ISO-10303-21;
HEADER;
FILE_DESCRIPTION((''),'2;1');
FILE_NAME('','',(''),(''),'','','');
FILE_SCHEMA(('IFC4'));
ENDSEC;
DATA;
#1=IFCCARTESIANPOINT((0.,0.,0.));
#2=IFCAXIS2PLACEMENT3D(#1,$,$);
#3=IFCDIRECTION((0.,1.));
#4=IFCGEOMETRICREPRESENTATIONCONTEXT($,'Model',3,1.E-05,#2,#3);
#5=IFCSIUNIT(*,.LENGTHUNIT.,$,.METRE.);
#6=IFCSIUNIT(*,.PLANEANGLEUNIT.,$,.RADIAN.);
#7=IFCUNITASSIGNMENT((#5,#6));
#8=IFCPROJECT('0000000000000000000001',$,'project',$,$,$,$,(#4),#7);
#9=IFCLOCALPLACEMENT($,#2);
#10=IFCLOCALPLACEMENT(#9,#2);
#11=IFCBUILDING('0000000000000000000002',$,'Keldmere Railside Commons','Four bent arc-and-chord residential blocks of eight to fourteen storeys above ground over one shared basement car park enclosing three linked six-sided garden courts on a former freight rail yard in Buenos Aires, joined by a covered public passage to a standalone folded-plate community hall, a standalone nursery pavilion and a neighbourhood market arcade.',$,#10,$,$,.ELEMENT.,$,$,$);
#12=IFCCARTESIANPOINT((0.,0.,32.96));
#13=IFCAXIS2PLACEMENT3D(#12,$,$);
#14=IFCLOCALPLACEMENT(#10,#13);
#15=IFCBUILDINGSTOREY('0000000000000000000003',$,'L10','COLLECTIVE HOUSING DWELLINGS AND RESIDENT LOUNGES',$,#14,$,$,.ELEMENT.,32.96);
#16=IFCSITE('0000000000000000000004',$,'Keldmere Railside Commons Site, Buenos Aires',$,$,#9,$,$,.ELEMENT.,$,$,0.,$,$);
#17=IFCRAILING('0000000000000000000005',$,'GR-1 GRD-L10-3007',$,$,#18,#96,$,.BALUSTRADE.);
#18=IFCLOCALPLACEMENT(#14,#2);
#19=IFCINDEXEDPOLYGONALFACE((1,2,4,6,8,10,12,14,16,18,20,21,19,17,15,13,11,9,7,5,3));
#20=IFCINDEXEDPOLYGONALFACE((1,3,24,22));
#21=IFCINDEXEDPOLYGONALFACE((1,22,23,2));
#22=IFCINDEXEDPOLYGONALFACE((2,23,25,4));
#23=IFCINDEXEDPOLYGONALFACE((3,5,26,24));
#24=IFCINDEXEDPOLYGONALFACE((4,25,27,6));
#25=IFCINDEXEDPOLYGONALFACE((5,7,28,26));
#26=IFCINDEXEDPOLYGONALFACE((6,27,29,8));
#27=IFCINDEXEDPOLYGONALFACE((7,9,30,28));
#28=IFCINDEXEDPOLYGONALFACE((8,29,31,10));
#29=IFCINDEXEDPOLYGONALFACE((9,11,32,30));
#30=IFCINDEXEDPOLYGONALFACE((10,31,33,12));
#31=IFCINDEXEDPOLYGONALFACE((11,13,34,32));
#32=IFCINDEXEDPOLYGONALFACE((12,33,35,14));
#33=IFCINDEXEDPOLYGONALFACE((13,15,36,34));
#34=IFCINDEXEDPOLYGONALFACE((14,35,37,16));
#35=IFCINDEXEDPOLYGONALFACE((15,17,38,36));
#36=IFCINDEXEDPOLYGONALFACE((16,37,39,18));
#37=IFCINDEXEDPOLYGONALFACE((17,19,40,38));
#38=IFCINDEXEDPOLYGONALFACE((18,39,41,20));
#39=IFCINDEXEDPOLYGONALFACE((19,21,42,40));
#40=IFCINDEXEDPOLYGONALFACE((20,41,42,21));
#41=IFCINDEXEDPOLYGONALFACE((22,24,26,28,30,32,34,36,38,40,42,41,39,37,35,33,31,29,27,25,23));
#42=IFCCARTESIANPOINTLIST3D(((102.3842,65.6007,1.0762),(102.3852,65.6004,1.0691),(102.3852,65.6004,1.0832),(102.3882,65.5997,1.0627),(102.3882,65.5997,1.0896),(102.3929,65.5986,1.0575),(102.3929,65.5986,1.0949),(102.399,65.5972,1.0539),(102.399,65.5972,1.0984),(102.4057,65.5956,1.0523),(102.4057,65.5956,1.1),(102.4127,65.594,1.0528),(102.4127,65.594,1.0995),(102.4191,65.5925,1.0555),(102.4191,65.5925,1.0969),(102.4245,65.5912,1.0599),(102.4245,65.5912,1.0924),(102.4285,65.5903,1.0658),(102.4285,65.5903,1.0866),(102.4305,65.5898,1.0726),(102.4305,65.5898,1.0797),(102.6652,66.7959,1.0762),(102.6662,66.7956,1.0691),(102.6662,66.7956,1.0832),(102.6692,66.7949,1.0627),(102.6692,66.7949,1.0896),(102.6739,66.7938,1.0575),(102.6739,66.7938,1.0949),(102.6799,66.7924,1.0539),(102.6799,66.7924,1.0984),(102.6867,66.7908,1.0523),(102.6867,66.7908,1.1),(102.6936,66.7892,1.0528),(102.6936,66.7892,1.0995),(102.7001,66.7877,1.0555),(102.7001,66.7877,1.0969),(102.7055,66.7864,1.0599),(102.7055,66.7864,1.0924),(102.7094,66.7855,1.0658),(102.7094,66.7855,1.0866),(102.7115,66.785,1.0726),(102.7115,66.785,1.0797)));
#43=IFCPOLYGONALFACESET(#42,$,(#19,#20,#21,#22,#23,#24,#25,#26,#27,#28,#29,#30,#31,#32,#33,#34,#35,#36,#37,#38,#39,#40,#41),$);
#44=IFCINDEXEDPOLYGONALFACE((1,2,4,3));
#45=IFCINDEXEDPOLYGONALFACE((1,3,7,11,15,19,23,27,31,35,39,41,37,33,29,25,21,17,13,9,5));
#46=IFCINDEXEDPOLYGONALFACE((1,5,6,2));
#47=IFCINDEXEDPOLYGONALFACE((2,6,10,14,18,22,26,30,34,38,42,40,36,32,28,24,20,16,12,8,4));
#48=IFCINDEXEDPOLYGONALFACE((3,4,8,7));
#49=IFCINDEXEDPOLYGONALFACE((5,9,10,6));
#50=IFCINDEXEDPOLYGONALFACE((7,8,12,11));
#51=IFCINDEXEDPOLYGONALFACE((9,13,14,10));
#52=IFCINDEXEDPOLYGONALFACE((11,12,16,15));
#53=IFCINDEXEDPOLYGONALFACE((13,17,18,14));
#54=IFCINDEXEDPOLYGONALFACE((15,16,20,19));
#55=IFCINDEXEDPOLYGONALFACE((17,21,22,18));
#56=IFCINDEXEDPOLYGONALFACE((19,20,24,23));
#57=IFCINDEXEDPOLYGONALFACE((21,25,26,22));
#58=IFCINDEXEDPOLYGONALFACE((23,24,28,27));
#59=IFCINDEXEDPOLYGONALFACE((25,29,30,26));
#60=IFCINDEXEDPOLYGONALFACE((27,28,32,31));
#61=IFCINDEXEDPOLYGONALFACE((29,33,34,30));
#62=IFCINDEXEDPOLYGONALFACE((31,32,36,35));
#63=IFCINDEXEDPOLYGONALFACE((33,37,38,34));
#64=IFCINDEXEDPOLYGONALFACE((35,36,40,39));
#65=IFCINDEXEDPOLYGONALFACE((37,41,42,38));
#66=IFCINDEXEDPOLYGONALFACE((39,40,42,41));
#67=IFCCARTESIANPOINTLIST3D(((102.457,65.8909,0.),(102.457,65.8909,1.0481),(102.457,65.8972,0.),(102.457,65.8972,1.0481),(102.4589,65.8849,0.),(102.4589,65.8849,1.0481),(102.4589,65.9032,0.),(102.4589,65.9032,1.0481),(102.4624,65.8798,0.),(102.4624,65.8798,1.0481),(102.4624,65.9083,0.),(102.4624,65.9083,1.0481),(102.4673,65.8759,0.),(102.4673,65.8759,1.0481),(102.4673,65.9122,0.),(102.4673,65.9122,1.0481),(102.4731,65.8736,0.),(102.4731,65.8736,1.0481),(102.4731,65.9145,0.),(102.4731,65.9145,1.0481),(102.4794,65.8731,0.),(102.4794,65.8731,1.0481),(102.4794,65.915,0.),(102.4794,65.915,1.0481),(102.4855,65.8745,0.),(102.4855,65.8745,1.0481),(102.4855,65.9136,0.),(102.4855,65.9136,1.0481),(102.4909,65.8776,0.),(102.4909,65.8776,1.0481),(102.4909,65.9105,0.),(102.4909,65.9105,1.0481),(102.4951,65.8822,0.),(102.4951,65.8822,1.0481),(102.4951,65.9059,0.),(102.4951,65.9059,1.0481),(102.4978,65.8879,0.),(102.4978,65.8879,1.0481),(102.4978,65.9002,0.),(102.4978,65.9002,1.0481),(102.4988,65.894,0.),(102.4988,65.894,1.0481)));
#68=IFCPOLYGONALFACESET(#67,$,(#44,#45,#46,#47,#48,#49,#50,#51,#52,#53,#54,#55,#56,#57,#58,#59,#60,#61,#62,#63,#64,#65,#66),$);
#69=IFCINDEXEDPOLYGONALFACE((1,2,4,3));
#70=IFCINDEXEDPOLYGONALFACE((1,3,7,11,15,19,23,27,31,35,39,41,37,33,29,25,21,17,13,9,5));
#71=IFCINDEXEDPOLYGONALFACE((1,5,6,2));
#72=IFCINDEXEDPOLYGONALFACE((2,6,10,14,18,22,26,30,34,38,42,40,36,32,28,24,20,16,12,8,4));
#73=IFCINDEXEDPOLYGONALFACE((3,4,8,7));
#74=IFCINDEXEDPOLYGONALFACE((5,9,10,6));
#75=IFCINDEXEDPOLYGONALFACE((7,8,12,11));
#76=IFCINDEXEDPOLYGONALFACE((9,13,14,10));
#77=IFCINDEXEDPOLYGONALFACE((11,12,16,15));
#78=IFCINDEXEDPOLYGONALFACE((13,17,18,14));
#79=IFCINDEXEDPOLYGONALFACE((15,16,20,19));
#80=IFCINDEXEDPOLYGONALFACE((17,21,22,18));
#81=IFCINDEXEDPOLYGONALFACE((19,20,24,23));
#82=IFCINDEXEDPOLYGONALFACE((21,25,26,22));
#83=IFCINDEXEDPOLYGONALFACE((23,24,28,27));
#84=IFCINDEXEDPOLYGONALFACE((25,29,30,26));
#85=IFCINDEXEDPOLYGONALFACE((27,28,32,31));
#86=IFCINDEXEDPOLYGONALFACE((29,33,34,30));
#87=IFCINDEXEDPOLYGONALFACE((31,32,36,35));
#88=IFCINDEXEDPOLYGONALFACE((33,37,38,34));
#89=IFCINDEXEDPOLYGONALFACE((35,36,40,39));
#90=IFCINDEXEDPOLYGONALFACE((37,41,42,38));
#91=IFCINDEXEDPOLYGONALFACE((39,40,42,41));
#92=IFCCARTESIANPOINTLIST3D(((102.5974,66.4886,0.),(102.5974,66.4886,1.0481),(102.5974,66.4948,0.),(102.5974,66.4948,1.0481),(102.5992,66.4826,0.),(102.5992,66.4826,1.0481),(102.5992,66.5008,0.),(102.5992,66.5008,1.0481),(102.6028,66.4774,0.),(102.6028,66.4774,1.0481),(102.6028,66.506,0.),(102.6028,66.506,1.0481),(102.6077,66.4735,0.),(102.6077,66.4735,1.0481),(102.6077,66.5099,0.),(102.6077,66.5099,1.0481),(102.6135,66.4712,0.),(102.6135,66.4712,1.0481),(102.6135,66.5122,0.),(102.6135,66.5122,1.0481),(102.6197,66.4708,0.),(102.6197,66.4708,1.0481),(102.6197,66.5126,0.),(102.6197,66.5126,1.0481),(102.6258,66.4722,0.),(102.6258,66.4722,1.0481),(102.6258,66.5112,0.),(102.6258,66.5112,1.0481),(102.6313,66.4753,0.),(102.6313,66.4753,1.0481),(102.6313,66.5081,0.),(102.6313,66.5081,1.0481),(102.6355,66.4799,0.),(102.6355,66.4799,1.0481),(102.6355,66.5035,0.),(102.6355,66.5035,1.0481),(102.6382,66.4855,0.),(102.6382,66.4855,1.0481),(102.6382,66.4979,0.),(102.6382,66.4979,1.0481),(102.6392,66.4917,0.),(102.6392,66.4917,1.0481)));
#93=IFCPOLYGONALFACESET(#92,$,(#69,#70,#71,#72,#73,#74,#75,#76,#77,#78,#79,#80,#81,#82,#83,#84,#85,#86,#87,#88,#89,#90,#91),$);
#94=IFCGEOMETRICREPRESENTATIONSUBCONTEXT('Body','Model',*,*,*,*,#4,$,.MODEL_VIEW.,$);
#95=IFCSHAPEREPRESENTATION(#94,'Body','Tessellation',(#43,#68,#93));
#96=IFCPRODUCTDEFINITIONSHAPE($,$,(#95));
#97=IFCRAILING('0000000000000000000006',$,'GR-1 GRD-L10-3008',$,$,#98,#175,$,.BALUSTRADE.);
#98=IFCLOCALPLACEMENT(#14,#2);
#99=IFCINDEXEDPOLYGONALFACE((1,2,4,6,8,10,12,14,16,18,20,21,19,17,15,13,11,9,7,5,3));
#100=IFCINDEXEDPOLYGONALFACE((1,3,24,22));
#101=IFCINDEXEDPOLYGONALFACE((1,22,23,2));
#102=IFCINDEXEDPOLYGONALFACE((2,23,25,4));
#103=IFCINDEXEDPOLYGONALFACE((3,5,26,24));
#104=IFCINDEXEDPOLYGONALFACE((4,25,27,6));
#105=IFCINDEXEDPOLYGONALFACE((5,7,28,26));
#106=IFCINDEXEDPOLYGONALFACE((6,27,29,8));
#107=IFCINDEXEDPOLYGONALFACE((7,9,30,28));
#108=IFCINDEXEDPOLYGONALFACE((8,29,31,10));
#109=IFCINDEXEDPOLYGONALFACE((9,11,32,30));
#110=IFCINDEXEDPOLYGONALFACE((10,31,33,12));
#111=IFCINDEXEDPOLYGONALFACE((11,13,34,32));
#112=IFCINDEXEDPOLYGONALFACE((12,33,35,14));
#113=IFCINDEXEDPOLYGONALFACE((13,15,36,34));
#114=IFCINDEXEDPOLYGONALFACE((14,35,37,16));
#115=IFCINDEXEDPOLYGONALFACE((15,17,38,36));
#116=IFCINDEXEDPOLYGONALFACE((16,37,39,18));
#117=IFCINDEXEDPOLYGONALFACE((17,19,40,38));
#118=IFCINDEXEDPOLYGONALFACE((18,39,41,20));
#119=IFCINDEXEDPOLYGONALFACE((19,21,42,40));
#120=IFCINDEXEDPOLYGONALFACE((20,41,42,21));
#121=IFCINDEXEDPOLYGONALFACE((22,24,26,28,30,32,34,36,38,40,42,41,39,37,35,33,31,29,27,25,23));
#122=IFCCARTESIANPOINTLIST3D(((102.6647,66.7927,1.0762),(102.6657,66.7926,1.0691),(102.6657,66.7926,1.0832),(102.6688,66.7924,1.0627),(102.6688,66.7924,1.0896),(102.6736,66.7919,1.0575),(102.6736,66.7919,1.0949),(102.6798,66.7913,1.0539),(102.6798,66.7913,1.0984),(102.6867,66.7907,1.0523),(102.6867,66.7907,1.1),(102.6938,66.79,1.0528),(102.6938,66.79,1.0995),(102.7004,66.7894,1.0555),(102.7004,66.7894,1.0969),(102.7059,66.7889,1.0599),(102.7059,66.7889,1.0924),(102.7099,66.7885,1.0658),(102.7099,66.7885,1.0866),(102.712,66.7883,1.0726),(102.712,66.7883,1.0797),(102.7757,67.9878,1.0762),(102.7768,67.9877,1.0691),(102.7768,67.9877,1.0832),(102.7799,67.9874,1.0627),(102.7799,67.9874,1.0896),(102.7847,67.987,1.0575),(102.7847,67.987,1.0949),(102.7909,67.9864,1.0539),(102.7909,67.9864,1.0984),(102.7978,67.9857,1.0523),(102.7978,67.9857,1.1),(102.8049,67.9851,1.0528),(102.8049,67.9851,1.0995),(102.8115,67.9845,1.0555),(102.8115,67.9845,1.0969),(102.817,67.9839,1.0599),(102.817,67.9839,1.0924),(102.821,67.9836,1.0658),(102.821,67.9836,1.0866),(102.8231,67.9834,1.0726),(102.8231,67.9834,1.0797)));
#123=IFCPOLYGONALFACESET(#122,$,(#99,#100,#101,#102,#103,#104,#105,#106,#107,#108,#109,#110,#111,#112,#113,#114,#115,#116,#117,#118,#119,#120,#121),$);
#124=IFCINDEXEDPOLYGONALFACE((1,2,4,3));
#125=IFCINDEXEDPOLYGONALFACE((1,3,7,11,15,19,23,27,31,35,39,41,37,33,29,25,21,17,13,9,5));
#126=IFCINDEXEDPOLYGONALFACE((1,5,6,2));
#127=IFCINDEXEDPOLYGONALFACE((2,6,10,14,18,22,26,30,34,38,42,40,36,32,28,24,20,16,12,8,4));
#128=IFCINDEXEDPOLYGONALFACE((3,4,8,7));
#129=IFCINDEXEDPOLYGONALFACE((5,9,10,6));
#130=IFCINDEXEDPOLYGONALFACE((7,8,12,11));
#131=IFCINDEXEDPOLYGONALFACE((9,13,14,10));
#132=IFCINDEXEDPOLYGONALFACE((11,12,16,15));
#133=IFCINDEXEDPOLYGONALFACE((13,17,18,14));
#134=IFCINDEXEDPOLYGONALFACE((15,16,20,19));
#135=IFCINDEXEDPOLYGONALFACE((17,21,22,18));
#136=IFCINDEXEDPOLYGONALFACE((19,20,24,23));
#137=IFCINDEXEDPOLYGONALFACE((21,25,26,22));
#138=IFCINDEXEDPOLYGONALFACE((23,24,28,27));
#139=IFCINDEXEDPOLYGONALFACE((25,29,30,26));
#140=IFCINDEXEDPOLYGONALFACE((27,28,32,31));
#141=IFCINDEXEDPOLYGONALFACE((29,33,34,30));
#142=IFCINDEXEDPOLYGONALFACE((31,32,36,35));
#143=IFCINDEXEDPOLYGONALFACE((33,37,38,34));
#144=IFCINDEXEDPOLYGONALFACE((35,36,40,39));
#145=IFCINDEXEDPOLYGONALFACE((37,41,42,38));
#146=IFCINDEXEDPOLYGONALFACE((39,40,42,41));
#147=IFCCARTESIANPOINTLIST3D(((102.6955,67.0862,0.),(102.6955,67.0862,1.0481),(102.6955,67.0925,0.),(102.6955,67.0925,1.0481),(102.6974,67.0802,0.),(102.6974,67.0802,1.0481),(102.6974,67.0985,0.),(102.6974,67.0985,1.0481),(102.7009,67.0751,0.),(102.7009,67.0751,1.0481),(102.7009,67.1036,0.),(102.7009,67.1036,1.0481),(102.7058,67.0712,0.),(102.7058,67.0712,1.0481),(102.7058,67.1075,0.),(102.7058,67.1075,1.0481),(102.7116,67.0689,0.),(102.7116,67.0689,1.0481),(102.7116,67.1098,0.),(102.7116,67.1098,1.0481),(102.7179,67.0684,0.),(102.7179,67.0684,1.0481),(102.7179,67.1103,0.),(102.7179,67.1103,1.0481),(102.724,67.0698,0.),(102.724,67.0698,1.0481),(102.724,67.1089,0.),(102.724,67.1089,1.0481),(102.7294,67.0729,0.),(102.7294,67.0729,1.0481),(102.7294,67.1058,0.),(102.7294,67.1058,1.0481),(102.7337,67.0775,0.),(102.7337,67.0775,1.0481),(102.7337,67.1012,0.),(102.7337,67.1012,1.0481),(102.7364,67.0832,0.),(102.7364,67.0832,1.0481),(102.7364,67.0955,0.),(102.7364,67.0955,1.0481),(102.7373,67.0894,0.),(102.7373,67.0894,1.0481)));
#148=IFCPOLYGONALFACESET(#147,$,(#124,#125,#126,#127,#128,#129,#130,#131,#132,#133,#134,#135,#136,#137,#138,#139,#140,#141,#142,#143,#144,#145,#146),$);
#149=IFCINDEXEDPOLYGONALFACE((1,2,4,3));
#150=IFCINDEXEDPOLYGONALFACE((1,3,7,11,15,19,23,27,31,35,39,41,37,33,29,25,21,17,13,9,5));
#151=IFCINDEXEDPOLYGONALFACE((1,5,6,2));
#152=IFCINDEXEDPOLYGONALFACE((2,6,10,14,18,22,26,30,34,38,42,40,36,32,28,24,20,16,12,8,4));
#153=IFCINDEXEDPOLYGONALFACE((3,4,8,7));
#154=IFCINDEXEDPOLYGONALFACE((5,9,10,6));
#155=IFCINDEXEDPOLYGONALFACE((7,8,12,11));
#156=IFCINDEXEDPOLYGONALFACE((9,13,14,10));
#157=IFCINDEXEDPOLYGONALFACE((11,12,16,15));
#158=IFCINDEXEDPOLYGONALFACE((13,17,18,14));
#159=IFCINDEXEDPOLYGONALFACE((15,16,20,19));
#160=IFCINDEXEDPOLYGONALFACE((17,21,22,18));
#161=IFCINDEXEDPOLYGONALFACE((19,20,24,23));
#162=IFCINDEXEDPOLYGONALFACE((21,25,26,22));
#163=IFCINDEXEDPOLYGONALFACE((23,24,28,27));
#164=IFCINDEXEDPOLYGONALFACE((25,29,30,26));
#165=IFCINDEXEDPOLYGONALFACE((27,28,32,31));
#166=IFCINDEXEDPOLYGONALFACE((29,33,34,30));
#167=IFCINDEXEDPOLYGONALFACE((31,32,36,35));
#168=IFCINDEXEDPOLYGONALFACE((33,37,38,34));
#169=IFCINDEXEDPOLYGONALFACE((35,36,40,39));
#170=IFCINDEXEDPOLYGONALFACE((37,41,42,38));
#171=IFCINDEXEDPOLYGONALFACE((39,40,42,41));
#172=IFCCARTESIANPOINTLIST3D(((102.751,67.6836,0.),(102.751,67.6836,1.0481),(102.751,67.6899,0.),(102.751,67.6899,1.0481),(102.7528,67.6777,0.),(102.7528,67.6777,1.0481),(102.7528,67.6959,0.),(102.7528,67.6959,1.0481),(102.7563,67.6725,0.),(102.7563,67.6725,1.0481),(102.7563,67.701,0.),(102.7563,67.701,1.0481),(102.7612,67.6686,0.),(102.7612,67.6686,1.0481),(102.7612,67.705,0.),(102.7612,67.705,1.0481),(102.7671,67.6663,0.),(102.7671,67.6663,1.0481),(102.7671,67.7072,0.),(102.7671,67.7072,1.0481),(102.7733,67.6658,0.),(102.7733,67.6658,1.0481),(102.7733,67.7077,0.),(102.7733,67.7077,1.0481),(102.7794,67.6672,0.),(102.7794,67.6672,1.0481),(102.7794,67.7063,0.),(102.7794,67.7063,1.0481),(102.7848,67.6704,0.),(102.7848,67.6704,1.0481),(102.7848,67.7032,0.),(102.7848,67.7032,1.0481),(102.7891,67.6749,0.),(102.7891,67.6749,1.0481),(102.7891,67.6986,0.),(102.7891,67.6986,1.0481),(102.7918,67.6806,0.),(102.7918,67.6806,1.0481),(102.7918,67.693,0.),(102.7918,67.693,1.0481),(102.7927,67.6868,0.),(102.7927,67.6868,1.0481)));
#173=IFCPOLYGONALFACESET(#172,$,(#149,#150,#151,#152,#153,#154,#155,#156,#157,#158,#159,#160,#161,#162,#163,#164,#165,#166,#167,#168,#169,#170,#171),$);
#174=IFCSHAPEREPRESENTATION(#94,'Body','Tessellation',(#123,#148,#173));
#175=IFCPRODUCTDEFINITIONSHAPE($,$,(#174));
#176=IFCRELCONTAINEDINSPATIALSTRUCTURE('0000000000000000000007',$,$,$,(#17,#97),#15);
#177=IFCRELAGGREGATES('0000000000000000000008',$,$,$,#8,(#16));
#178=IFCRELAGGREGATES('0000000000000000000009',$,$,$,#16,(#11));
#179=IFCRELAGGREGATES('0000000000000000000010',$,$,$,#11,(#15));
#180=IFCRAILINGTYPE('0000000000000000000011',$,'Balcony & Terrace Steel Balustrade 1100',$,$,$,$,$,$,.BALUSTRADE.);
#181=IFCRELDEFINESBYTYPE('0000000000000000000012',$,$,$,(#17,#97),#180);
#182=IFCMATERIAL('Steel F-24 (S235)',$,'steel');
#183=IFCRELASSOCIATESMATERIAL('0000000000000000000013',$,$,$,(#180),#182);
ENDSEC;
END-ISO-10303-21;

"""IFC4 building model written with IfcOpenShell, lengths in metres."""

from ifc_helpers import new_model, si_unit, direction, frame, origin, origin_2d, place, context, subcontext, project, spatial, circle, extrude, material, type_object, element, save


model = new_model("IFC4")

# Units and contexts
model_context = context("Model", 3, precision=1e-05, world=origin(), true_north=direction((0.0, 1.0)))
body_context = subcontext(model_context, "Body", "Model", "MODEL_VIEW")
ifc_project = project(units=[si_unit("LENGTHUNIT", "METRE"), si_unit("PLANEANGLEUNIT", "RADIAN")], contexts=[model_context])

# Site, building, storey
site_placement = place(None, origin())
site = spatial("IfcSite", under=ifc_project, at=site_placement, Name="Keldmere Railside Commons Site, Buenos Aires", CompositionType="ELEMENT", RefElevation=0.0)
building_placement = place(site_placement, origin())
building = spatial("IfcBuilding", under=site, at=building_placement, Name="Keldmere Railside Commons", Description="Four bent arc-and-chord residential blocks of eight to fourteen storeys above ground over one shared basement car park enclosing three linked six-sided garden courts on a former freight rail yard in Buenos Aires, joined by a covered public passage to a standalone folded-plate community hall, a standalone nursery pavilion and a neighbourhood market arcade.", CompositionType="ELEMENT")
storey_placement = place(building_placement, frame((0.0, 0.0, 32.96)))
storey = spatial("IfcBuildingStorey", under=building, at=storey_placement, Name="L10", Description="COLLECTIVE HOUSING DWELLINGS AND RESIDENT LOUNGES", CompositionType="ELEMENT", Elevation=32.96)

# Railings
ifc_material_1 = material(Name="Steel F-24 (S235)", Category="steel")
railing_type = type_object("IfcRailingType", Name="Balcony & Terrace Steel Balustrade 1100", PredefinedType="BALUSTRADE", material=ifc_material_1)
railing_1_placement = place(storey_placement, frame((102.4075, 65.5952, 0.0)))
element("IfcRailing", 1, at=railing_1_placement, inside=storey, type_object=railing_type, Name="GR-1 GRD-L10-3007", PredefinedType="BALUSTRADE", context=body_context, shape_type="SweptSolid", body=[
    extrude(circle(Radius=0.0239, at=origin_2d()), frame((0.0, 0.0, 1.0762), z_axis=(0.228851, 0.973461, 0.0), x_axis=(-0.973461, 0.228851, 0.0)), (0.0, 0.0, 1.0), 1.2278),
    extrude(circle(Radius=0.021, at=origin_2d()), frame((0.0703, 0.2988, 0.0)), (0.0, 0.0, 1.0), 1.0481),
    extrude(circle(Radius=0.021, at=origin_2d()), frame((0.2107, 0.8965, 0.0)), (0.0, 0.0, 1.0), 1.0481),
])
railing_2_placement = place(storey_placement, frame((102.6885, 66.7905, 0.0)))
element("IfcRailing", 2, at=railing_2_placement, inside=storey, type_object=railing_type, Name="GR-1 GRD-L10-3008", PredefinedType="BALUSTRADE", context=body_context, shape_type="SweptSolid", body=[
    extrude(circle(Radius=0.0239, at=origin_2d()), frame((0.0, 0.0, 1.0762), z_axis=(0.092553, 0.995708, 0.0), x_axis=(-0.995708, 0.092553, 0.0)), (0.0, 0.0, 1.0), 1.2002),
    extrude(circle(Radius=0.021, at=origin_2d()), frame((0.0278, 0.2988, 0.0)), (0.0, 0.0, 1.0), 1.0481),
    extrude(circle(Radius=0.021, at=origin_2d()), frame((0.0833, 0.8962, 0.0)), (0.0, 0.0, 1.0), 1.0481),
])

save(model, "model.ifc")
